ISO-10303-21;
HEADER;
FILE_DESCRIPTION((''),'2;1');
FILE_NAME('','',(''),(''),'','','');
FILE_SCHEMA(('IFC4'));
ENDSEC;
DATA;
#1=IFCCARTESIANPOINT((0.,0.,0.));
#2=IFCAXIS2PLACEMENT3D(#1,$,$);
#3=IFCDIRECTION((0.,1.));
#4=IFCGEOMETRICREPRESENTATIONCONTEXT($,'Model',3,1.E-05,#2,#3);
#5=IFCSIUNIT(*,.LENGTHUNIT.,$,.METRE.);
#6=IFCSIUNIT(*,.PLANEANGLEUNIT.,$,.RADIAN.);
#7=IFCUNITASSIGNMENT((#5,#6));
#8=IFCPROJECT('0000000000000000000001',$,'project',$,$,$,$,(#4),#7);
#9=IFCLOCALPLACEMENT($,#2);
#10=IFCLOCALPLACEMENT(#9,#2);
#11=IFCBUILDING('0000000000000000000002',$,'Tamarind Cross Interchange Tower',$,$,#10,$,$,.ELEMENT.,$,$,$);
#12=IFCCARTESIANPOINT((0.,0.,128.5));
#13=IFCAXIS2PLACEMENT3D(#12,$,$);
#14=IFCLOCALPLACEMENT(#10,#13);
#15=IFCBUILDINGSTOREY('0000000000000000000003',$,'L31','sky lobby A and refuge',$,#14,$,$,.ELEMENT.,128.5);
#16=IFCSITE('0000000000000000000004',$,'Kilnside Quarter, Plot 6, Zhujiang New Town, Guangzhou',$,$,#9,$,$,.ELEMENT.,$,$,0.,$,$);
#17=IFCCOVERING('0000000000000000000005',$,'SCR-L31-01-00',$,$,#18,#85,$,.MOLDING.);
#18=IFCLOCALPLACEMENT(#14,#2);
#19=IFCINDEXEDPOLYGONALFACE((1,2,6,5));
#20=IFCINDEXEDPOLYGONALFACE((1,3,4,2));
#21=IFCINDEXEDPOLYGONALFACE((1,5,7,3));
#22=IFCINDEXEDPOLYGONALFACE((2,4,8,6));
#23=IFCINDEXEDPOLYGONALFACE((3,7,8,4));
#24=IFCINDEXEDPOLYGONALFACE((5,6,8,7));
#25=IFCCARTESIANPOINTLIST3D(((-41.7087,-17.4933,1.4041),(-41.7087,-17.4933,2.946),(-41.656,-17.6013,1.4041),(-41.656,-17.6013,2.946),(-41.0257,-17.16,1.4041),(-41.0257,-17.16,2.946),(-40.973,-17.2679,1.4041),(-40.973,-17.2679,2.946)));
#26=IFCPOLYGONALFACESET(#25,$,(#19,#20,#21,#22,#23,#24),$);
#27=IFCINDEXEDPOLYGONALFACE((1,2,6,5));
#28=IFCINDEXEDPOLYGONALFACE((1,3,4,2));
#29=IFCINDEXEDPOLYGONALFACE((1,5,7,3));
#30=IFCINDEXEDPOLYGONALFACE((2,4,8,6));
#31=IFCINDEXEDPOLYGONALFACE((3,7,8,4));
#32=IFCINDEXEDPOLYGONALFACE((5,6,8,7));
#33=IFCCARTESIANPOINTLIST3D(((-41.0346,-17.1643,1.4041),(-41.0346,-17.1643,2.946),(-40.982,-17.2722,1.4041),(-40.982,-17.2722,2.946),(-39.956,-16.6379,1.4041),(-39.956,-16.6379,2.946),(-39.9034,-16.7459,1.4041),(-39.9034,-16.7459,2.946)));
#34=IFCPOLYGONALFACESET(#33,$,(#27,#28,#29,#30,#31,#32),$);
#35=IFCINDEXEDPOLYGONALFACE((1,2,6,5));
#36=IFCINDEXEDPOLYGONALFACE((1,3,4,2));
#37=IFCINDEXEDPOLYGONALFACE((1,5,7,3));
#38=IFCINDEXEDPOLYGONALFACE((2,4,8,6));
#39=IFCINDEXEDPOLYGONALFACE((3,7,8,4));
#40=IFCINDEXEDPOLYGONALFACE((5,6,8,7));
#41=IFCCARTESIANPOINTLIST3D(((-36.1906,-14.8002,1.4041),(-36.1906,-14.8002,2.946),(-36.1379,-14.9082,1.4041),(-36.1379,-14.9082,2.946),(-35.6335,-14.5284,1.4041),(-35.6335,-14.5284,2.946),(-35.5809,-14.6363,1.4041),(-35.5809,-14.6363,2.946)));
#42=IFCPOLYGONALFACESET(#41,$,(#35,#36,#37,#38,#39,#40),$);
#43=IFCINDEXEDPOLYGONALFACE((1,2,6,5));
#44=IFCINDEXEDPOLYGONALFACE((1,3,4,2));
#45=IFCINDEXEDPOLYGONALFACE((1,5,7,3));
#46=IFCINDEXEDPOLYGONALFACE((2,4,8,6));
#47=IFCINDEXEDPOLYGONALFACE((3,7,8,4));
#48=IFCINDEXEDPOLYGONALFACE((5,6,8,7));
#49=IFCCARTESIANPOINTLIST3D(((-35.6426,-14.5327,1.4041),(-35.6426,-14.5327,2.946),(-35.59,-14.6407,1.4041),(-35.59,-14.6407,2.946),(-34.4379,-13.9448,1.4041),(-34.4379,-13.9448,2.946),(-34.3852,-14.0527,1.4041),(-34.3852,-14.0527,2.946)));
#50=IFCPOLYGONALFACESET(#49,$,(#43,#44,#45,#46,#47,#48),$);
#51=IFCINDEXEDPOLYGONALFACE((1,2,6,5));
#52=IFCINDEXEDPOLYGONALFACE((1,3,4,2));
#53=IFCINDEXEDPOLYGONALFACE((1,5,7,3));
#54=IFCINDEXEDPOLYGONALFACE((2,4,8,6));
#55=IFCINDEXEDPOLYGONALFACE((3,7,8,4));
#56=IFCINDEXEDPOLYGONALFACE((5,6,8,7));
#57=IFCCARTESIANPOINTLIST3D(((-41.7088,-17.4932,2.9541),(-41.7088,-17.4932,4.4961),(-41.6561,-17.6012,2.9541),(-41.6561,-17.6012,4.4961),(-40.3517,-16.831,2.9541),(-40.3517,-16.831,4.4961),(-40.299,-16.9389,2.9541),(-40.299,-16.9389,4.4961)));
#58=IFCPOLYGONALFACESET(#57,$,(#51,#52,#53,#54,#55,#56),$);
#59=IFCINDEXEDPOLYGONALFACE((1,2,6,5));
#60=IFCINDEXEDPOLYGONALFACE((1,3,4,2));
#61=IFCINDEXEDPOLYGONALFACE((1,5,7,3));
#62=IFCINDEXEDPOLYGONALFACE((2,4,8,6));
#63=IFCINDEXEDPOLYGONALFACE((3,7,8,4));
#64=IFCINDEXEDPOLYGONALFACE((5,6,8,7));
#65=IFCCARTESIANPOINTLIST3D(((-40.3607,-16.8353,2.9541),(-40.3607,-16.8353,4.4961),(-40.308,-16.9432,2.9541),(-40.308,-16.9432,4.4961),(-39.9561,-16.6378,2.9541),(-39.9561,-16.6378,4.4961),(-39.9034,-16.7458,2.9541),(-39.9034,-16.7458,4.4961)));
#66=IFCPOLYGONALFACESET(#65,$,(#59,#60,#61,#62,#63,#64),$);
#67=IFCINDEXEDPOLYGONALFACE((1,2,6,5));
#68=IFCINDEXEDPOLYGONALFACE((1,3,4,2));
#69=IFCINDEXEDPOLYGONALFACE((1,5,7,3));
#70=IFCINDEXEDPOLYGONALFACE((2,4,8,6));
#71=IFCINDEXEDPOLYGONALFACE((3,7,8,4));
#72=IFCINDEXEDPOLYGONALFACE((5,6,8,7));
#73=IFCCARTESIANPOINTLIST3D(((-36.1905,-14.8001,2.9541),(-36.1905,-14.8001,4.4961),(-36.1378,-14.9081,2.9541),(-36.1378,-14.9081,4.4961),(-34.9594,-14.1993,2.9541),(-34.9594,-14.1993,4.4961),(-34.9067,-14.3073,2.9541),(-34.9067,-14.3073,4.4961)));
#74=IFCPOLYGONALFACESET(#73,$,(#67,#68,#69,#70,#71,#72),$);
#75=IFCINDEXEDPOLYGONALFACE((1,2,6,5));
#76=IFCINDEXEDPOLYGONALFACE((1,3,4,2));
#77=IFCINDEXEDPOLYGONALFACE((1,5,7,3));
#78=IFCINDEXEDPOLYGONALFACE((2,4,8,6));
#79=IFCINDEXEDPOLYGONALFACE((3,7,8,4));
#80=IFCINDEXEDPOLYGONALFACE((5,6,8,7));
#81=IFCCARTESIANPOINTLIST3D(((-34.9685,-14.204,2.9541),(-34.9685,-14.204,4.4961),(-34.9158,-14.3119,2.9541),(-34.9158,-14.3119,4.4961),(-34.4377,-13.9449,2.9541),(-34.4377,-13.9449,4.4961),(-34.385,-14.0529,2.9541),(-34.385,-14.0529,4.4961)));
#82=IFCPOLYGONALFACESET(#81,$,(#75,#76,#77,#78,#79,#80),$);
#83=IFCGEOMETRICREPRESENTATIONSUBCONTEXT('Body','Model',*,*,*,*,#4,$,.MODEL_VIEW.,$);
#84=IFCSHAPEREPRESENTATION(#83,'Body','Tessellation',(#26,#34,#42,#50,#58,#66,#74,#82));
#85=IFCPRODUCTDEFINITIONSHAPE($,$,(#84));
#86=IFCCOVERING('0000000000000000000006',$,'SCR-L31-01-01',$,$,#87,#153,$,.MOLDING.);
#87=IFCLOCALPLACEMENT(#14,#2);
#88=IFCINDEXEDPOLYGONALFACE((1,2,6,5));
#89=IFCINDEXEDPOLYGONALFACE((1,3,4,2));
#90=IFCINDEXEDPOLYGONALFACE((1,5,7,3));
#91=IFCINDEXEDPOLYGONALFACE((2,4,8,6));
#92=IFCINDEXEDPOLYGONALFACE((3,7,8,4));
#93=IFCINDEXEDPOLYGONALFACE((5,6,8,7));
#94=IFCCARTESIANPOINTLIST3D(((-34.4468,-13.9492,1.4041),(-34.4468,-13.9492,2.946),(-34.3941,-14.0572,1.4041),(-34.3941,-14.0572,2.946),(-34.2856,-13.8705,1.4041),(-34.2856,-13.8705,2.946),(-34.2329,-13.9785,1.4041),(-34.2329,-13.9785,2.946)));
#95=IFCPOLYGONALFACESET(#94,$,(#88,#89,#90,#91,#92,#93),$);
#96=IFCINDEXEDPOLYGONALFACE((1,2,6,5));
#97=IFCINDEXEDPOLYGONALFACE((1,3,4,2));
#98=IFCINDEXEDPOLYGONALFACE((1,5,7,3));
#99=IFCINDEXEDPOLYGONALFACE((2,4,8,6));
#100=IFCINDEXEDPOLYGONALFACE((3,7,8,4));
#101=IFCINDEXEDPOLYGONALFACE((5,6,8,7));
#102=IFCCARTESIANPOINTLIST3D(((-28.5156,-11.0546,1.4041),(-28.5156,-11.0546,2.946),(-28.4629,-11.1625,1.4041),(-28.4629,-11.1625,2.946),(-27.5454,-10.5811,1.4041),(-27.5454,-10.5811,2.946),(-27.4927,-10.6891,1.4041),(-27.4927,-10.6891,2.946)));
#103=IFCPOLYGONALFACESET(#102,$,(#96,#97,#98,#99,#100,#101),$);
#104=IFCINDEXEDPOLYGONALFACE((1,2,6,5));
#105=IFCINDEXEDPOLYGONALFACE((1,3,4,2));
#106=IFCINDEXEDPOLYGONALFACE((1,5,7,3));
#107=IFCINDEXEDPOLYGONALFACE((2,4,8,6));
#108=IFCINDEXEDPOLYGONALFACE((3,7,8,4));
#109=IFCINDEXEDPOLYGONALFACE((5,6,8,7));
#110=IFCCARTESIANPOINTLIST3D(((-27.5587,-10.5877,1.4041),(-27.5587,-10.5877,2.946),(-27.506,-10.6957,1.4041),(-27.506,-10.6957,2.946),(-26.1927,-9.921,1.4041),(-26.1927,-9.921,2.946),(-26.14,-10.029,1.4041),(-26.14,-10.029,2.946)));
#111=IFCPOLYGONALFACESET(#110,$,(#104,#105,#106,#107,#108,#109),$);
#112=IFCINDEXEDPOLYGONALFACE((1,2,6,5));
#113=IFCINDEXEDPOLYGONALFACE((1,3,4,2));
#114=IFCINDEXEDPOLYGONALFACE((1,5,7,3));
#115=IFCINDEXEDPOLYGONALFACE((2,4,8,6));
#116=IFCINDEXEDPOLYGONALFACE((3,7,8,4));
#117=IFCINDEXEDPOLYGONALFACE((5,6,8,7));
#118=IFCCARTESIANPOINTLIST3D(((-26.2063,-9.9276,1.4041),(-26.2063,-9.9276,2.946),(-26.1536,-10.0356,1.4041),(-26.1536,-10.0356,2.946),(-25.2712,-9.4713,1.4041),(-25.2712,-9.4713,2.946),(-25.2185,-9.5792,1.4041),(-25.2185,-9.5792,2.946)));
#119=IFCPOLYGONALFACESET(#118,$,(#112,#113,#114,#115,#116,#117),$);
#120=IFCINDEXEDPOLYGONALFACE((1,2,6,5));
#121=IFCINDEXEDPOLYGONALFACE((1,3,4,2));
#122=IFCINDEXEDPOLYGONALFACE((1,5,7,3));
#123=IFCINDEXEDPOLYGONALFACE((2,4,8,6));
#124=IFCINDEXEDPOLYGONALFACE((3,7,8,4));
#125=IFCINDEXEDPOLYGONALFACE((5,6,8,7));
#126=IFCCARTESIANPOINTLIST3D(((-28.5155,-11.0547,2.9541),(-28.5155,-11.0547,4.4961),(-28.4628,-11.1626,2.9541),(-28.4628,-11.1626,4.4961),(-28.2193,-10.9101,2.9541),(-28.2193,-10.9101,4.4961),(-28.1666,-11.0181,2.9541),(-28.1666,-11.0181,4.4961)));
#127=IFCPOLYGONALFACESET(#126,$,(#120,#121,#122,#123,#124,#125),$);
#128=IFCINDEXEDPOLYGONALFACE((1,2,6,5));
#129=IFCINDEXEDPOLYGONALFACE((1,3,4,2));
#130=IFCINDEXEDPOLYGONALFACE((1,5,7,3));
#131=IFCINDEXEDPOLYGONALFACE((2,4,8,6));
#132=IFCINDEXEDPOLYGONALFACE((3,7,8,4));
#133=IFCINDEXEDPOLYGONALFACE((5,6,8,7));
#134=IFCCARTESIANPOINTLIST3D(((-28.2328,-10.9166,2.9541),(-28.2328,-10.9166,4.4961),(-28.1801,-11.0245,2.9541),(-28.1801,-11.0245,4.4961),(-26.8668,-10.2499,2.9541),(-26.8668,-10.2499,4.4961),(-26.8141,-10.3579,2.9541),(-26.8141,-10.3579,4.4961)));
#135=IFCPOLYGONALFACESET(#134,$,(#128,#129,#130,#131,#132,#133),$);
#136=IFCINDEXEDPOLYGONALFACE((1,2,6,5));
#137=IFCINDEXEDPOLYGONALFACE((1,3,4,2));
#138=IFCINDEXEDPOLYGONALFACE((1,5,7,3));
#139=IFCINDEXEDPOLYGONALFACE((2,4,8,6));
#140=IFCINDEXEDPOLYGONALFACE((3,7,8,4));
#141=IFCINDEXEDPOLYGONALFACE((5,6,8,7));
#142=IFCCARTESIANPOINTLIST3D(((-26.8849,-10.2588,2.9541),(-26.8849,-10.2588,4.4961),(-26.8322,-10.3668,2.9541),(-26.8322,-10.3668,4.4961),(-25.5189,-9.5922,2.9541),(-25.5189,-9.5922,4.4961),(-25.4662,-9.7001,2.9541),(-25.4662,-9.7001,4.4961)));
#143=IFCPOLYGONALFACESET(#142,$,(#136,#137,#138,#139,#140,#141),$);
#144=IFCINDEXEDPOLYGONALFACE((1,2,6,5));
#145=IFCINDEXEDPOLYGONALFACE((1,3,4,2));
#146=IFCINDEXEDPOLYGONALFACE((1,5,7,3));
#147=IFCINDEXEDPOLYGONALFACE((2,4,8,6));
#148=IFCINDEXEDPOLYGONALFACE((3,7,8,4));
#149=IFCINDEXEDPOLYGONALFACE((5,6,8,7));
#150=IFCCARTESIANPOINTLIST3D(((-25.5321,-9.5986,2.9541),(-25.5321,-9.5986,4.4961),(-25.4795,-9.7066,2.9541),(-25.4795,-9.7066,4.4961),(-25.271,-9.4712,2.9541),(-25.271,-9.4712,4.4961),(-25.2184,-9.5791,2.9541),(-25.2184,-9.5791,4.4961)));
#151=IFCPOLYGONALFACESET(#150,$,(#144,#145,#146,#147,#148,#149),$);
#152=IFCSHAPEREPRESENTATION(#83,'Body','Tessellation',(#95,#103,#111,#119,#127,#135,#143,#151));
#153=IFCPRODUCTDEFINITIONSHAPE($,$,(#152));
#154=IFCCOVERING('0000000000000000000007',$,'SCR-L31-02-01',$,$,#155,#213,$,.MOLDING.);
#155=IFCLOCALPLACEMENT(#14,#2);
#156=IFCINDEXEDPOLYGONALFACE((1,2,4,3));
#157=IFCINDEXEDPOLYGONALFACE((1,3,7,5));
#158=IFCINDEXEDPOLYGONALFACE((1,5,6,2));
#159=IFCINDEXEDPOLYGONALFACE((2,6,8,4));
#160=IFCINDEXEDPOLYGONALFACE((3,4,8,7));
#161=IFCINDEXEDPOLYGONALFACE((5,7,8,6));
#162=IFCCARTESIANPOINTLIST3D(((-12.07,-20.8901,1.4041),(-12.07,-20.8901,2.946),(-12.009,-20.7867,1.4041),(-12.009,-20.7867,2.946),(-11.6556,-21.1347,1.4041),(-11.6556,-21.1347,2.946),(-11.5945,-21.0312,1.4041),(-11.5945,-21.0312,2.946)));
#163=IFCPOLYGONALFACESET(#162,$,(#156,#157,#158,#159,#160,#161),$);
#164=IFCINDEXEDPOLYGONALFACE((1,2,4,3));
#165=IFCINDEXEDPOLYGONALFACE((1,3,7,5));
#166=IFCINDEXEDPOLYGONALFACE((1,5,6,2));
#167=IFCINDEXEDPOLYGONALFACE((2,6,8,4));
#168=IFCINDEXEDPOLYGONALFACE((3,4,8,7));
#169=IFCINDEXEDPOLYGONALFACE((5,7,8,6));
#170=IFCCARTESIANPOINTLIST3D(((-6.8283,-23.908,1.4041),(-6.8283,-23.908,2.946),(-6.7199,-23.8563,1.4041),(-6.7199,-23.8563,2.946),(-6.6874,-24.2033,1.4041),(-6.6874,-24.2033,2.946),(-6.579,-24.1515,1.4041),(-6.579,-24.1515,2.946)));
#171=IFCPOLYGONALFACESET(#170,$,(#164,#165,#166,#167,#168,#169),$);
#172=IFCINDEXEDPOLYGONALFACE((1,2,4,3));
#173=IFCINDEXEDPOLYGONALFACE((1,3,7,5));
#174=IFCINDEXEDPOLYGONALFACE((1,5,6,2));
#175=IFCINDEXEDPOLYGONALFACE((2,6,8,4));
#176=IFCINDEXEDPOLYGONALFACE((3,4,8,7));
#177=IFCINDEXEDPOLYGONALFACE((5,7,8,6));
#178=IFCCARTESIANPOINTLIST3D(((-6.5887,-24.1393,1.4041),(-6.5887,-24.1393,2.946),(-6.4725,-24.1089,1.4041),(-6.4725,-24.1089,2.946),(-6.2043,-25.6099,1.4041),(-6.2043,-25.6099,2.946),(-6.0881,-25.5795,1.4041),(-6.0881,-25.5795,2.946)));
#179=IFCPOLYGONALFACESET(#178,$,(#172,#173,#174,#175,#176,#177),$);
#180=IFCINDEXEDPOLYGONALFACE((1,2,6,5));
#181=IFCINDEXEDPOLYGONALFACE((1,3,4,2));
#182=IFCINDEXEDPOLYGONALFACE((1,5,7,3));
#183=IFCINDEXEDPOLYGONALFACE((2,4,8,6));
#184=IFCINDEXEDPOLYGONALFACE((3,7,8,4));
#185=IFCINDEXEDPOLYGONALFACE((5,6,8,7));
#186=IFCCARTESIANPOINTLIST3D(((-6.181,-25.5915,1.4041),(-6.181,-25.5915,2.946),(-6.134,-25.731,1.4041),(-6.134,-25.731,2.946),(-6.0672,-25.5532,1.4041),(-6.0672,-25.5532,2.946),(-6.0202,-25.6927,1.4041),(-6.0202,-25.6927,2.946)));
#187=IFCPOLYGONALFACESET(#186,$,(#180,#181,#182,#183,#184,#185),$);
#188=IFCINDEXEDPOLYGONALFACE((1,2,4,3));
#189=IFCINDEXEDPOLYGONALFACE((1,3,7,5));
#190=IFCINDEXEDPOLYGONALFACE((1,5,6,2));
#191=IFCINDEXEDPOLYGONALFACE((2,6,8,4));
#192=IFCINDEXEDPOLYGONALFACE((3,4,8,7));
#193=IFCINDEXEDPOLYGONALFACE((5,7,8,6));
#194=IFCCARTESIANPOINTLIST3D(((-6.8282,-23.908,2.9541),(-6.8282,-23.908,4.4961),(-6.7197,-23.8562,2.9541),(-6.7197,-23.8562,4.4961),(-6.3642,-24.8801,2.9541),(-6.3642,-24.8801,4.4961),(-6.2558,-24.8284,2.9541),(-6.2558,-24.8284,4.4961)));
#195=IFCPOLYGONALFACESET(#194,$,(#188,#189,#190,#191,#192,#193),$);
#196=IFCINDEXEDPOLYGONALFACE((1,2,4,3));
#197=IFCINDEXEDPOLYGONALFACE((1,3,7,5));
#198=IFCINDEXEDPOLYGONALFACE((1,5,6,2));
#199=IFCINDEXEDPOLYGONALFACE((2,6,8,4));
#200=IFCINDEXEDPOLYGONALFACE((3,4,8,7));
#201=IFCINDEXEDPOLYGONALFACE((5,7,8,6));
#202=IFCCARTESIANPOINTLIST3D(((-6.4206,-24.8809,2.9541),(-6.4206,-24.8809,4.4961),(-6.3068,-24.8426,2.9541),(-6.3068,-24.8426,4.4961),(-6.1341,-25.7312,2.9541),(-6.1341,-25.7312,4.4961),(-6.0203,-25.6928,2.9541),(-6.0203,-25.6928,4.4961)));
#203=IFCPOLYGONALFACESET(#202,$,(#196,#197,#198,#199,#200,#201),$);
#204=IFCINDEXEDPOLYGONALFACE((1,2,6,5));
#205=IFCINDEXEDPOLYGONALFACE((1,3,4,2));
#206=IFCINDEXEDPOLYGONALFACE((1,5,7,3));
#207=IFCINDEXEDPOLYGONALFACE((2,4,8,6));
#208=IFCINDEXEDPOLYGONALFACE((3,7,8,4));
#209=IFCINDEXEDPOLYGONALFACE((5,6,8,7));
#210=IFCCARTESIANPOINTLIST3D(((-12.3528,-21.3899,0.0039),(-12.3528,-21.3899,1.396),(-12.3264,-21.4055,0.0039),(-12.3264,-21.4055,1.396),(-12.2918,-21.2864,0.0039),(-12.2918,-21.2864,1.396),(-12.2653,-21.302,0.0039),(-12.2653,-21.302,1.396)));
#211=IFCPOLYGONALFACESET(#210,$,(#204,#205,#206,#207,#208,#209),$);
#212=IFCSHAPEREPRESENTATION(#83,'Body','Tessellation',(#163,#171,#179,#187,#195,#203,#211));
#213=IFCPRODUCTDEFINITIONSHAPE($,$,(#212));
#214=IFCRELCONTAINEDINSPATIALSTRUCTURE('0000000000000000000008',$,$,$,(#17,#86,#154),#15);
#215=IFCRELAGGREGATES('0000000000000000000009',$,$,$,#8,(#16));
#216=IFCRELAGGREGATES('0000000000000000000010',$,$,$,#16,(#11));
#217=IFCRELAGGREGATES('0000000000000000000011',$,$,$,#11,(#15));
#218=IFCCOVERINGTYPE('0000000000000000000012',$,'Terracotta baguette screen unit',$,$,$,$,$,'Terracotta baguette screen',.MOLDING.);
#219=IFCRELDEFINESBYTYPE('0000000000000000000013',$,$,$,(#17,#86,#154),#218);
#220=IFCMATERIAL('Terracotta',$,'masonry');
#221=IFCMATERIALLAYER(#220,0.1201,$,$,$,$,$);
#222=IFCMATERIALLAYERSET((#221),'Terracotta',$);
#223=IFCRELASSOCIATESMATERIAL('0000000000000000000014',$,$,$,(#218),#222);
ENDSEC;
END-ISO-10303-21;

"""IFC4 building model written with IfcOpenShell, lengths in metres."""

from ifc_helpers import new_model, si_unit, direction, frame, origin, origin_2d, place, context, subcontext, project, spatial, rectangle, extrude, material, layer, layer_set, type_object, element, save


model = new_model("IFC4")

# Units and contexts
model_context = context("Model", 3, precision=1e-05, world=origin(), true_north=direction((0.0, 1.0)))
body_context = subcontext(model_context, "Body", "Model", "MODEL_VIEW")
ifc_project = project(units=[si_unit("LENGTHUNIT", "METRE"), si_unit("PLANEANGLEUNIT", "RADIAN")], contexts=[model_context])

# Site, building, storey
site_placement = place(None, origin())
site = spatial("IfcSite", under=ifc_project, at=site_placement, Name="Kilnside Quarter, Plot 6, Zhujiang New Town, Guangzhou", CompositionType="ELEMENT", RefElevation=0.0)
building_placement = place(site_placement, origin())
building = spatial("IfcBuilding", under=site, at=building_placement, Name="Tamarind Cross Interchange Tower", CompositionType="ELEMENT")
storey_placement = place(building_placement, frame((0.0, 0.0, 128.5)))
storey = spatial("IfcBuildingStorey", under=building, at=storey_placement, Name="L31", Description="sky lobby A and refuge", CompositionType="ELEMENT", Elevation=128.5)

# Coverings
ifc_material_1 = material(Name="Terracotta", Category="masonry")
ifc_layer_1 = layer(ifc_material_1, 0.1201)
ifc_layer_set_1 = layer_set([ifc_layer_1], Name="Terracotta")
covering_type = type_object("IfcCoveringType", Name="Terracotta baguette screen unit", ElementType="Terracotta baguette screen", PredefinedType="MOLDING", material=ifc_layer_set_1)
covering_1_placement = place(storey_placement, origin())
element("IfcCovering", 1, at=covering_1_placement, inside=storey, type_object=covering_type, Name="SCR-L31-01-00", PredefinedType="MOLDING", context=body_context, shape_type="SweptSolid", body=[
    extrude(rectangle(XDim=0.76, YDim=0.1201, at=origin_2d()), frame((-41.3408, -17.3806, 1.4041), z_axis=(0.0, 0.0, 1.0), x_axis=(0.898691, 0.438583, 0.0)), (0.0, 0.0, 1.0), 1.542),
    extrude(rectangle(XDim=1.2002, YDim=0.1201, at=origin_2d()), frame((-40.469, -16.9551, 1.4041), z_axis=(0.0, 0.0, 1.0), x_axis=(0.898691, 0.438583, 0.0)), (0.0, 0.0, 1.0), 1.542),
    extrude(rectangle(XDim=0.6199, YDim=0.1201, at=origin_2d()), frame((-35.8857, -14.7183, 1.4041), z_axis=(0.0, 0.0, 1.0), x_axis=(0.898691, 0.438583, 0.0)), (0.0, 0.0, 1.0), 1.542),
    extrude(rectangle(XDim=1.3406, YDim=0.1201, at=origin_2d()), frame((-35.0139, -14.2927, 1.4041), z_axis=(0.0, 0.0, 1.0), x_axis=(0.898691, 0.438583, 0.0)), (0.0, 0.0, 1.0), 1.542),
    extrude(rectangle(XDim=1.51, YDim=0.1201, at=origin_2d()), frame((-41.0039, -17.2161, 2.9541), z_axis=(0.0, 0.0, 1.0), x_axis=(0.898691, 0.438583, 0.0)), (0.0, 0.0, 1.0), 1.542),
    extrude(rectangle(XDim=0.4502, YDim=0.1201, at=origin_2d()), frame((-40.1321, -16.7905, 2.9541), z_axis=(0.0, 0.0, 1.0), x_axis=(0.898691, 0.438583, 0.0)), (0.0, 0.0, 1.0), 1.542),
    extrude(rectangle(XDim=1.3699, YDim=0.1201, at=origin_2d()), frame((-35.5486, -14.5537, 2.9541), z_axis=(0.0, 0.0, 1.0), x_axis=(0.898691, 0.438583, 0.0)), (0.0, 0.0, 1.0), 1.542),
    extrude(rectangle(XDim=0.5906, YDim=0.1201, at=origin_2d()), frame((-34.6768, -14.1284, 2.9541), z_axis=(0.0, 0.0, 1.0), x_axis=(0.898691, 0.438583, 0.0)), (0.0, 0.0, 1.0), 1.542),
])
covering_2_placement = place(storey_placement, origin())
element("IfcCovering", 2, at=covering_2_placement, inside=storey, type_object=covering_type, Name="SCR-L31-01-01", PredefinedType="MOLDING", context=body_context, shape_type="SweptSolid", body=[
    extrude(rectangle(XDim=0.1794, YDim=0.1201, at=origin_2d()), frame((-34.3398, -13.9639, 1.4041), z_axis=(0.0, 0.0, 1.0), x_axis=(0.898691, 0.438583, 0.0)), (0.0, 0.0, 1.0), 1.542),
    extrude(rectangle(XDim=1.0796, YDim=0.1201, at=origin_2d()), frame((-28.0042, -10.8718, 1.4041), z_axis=(0.0, 0.0, 1.0), x_axis=(0.898691, 0.438583, 0.0)), (0.0, 0.0, 1.0), 1.542),
    extrude(rectangle(XDim=1.52, YDim=0.1201, at=origin_2d()), frame((-26.8494, -10.3083, 1.4041), z_axis=(0.0, 0.0, 1.0), x_axis=(0.898691, 0.438583, 0.0)), (0.0, 0.0, 1.0), 1.542),
    extrude(rectangle(XDim=1.0405, YDim=0.1201, at=origin_2d()), frame((-25.7124, -9.7534, 1.4041), z_axis=(0.0, 0.0, 1.0), x_axis=(0.898691, 0.438583, 0.0)), (0.0, 0.0, 1.0), 1.542),
    extrude(rectangle(XDim=0.3296, YDim=0.1201, at=origin_2d()), frame((-28.3411, -11.0364, 2.9541), z_axis=(0.0, 0.0, 1.0), x_axis=(0.898691, 0.438583, 0.0)), (0.0, 0.0, 1.0), 1.542),
    extrude(rectangle(XDim=1.52, YDim=0.1201, at=origin_2d()), frame((-27.5234, -10.6372, 2.9541), z_axis=(0.0, 0.0, 1.0), x_axis=(0.898691, 0.438583, 0.0)), (0.0, 0.0, 1.0), 1.542),
    extrude(rectangle(XDim=1.52, YDim=0.1201, at=origin_2d()), frame((-26.1755, -9.9795, 2.9541), z_axis=(0.0, 0.0, 1.0), x_axis=(0.898691, 0.438583, 0.0)), (0.0, 0.0, 1.0), 1.542),
    extrude(rectangle(XDim=0.2905, YDim=0.1201, at=origin_2d()), frame((-25.3752, -9.5889, 2.9541), z_axis=(0.0, 0.0, 1.0), x_axis=(0.898691, 0.438583, 0.0)), (0.0, 0.0, 1.0), 1.542),
])
covering_3_placement = place(storey_placement, origin())
element("IfcCovering", 3, at=covering_3_placement, inside=storey, type_object=covering_type, Name="SCR-L31-02-01", PredefinedType="MOLDING", context=body_context, shape_type="SweptSolid", body=[
    extrude(rectangle(XDim=0.4812, YDim=0.1201, at=origin_2d()), frame((-11.8323, -20.9607, 1.4041), z_axis=(0.0, 0.0, 1.0), x_axis=(0.861249, -0.508183, 0.0)), (0.0, 0.0, 1.0), 1.542),
    extrude(rectangle(XDim=0.3271, YDim=0.1201, at=origin_2d()), frame((-6.7036, -24.0298, 1.4041), z_axis=(0.0, 0.0, 1.0), x_axis=(0.430685, -0.902502, 0.0)), (0.0, 0.0, 1.0), 1.542),
    extrude(rectangle(XDim=1.52, YDim=0.1201, at=origin_2d()), frame((-6.3384, -24.8594, 1.4041), z_axis=(0.0, 0.0, 1.0), x_axis=(0.252868, -0.967501, 0.0)), (0.0, 0.0, 1.0), 1.542),
    extrude(rectangle(XDim=0.1472, YDim=0.1201, at=origin_2d()), frame((-6.1006, -25.6421, 1.4041), z_axis=(0.0, 0.0, 1.0), x_axis=(0.31929, -0.947657, 0.0)), (0.0, 0.0, 1.0), 1.542),
    extrude(rectangle(XDim=1.0771, YDim=0.1201, at=origin_2d()), frame((-6.542, -24.3682, 2.9541), z_axis=(0.0, 0.0, 1.0), x_axis=(0.430685, -0.902502, 0.0)), (0.0, 0.0, 1.0), 1.542),
    extrude(rectangle(XDim=0.8972, YDim=0.1201, at=origin_2d()), frame((-6.2205, -25.2869, 2.9541), z_axis=(0.0, 0.0, 1.0), x_axis=(0.31929, -0.947657, 0.0)), (0.0, 0.0, 1.0), 1.542),
    extrude(rectangle(XDim=0.0308, YDim=0.1201, at=origin_2d()), frame((-12.3091, -21.3459, 0.0039), z_axis=(0.0, 0.0, 1.0), x_axis=(0.861249, -0.508183, 0.0)), (0.0, 0.0, 1.0), 1.3921),
])

save(model, "model.ifc")
